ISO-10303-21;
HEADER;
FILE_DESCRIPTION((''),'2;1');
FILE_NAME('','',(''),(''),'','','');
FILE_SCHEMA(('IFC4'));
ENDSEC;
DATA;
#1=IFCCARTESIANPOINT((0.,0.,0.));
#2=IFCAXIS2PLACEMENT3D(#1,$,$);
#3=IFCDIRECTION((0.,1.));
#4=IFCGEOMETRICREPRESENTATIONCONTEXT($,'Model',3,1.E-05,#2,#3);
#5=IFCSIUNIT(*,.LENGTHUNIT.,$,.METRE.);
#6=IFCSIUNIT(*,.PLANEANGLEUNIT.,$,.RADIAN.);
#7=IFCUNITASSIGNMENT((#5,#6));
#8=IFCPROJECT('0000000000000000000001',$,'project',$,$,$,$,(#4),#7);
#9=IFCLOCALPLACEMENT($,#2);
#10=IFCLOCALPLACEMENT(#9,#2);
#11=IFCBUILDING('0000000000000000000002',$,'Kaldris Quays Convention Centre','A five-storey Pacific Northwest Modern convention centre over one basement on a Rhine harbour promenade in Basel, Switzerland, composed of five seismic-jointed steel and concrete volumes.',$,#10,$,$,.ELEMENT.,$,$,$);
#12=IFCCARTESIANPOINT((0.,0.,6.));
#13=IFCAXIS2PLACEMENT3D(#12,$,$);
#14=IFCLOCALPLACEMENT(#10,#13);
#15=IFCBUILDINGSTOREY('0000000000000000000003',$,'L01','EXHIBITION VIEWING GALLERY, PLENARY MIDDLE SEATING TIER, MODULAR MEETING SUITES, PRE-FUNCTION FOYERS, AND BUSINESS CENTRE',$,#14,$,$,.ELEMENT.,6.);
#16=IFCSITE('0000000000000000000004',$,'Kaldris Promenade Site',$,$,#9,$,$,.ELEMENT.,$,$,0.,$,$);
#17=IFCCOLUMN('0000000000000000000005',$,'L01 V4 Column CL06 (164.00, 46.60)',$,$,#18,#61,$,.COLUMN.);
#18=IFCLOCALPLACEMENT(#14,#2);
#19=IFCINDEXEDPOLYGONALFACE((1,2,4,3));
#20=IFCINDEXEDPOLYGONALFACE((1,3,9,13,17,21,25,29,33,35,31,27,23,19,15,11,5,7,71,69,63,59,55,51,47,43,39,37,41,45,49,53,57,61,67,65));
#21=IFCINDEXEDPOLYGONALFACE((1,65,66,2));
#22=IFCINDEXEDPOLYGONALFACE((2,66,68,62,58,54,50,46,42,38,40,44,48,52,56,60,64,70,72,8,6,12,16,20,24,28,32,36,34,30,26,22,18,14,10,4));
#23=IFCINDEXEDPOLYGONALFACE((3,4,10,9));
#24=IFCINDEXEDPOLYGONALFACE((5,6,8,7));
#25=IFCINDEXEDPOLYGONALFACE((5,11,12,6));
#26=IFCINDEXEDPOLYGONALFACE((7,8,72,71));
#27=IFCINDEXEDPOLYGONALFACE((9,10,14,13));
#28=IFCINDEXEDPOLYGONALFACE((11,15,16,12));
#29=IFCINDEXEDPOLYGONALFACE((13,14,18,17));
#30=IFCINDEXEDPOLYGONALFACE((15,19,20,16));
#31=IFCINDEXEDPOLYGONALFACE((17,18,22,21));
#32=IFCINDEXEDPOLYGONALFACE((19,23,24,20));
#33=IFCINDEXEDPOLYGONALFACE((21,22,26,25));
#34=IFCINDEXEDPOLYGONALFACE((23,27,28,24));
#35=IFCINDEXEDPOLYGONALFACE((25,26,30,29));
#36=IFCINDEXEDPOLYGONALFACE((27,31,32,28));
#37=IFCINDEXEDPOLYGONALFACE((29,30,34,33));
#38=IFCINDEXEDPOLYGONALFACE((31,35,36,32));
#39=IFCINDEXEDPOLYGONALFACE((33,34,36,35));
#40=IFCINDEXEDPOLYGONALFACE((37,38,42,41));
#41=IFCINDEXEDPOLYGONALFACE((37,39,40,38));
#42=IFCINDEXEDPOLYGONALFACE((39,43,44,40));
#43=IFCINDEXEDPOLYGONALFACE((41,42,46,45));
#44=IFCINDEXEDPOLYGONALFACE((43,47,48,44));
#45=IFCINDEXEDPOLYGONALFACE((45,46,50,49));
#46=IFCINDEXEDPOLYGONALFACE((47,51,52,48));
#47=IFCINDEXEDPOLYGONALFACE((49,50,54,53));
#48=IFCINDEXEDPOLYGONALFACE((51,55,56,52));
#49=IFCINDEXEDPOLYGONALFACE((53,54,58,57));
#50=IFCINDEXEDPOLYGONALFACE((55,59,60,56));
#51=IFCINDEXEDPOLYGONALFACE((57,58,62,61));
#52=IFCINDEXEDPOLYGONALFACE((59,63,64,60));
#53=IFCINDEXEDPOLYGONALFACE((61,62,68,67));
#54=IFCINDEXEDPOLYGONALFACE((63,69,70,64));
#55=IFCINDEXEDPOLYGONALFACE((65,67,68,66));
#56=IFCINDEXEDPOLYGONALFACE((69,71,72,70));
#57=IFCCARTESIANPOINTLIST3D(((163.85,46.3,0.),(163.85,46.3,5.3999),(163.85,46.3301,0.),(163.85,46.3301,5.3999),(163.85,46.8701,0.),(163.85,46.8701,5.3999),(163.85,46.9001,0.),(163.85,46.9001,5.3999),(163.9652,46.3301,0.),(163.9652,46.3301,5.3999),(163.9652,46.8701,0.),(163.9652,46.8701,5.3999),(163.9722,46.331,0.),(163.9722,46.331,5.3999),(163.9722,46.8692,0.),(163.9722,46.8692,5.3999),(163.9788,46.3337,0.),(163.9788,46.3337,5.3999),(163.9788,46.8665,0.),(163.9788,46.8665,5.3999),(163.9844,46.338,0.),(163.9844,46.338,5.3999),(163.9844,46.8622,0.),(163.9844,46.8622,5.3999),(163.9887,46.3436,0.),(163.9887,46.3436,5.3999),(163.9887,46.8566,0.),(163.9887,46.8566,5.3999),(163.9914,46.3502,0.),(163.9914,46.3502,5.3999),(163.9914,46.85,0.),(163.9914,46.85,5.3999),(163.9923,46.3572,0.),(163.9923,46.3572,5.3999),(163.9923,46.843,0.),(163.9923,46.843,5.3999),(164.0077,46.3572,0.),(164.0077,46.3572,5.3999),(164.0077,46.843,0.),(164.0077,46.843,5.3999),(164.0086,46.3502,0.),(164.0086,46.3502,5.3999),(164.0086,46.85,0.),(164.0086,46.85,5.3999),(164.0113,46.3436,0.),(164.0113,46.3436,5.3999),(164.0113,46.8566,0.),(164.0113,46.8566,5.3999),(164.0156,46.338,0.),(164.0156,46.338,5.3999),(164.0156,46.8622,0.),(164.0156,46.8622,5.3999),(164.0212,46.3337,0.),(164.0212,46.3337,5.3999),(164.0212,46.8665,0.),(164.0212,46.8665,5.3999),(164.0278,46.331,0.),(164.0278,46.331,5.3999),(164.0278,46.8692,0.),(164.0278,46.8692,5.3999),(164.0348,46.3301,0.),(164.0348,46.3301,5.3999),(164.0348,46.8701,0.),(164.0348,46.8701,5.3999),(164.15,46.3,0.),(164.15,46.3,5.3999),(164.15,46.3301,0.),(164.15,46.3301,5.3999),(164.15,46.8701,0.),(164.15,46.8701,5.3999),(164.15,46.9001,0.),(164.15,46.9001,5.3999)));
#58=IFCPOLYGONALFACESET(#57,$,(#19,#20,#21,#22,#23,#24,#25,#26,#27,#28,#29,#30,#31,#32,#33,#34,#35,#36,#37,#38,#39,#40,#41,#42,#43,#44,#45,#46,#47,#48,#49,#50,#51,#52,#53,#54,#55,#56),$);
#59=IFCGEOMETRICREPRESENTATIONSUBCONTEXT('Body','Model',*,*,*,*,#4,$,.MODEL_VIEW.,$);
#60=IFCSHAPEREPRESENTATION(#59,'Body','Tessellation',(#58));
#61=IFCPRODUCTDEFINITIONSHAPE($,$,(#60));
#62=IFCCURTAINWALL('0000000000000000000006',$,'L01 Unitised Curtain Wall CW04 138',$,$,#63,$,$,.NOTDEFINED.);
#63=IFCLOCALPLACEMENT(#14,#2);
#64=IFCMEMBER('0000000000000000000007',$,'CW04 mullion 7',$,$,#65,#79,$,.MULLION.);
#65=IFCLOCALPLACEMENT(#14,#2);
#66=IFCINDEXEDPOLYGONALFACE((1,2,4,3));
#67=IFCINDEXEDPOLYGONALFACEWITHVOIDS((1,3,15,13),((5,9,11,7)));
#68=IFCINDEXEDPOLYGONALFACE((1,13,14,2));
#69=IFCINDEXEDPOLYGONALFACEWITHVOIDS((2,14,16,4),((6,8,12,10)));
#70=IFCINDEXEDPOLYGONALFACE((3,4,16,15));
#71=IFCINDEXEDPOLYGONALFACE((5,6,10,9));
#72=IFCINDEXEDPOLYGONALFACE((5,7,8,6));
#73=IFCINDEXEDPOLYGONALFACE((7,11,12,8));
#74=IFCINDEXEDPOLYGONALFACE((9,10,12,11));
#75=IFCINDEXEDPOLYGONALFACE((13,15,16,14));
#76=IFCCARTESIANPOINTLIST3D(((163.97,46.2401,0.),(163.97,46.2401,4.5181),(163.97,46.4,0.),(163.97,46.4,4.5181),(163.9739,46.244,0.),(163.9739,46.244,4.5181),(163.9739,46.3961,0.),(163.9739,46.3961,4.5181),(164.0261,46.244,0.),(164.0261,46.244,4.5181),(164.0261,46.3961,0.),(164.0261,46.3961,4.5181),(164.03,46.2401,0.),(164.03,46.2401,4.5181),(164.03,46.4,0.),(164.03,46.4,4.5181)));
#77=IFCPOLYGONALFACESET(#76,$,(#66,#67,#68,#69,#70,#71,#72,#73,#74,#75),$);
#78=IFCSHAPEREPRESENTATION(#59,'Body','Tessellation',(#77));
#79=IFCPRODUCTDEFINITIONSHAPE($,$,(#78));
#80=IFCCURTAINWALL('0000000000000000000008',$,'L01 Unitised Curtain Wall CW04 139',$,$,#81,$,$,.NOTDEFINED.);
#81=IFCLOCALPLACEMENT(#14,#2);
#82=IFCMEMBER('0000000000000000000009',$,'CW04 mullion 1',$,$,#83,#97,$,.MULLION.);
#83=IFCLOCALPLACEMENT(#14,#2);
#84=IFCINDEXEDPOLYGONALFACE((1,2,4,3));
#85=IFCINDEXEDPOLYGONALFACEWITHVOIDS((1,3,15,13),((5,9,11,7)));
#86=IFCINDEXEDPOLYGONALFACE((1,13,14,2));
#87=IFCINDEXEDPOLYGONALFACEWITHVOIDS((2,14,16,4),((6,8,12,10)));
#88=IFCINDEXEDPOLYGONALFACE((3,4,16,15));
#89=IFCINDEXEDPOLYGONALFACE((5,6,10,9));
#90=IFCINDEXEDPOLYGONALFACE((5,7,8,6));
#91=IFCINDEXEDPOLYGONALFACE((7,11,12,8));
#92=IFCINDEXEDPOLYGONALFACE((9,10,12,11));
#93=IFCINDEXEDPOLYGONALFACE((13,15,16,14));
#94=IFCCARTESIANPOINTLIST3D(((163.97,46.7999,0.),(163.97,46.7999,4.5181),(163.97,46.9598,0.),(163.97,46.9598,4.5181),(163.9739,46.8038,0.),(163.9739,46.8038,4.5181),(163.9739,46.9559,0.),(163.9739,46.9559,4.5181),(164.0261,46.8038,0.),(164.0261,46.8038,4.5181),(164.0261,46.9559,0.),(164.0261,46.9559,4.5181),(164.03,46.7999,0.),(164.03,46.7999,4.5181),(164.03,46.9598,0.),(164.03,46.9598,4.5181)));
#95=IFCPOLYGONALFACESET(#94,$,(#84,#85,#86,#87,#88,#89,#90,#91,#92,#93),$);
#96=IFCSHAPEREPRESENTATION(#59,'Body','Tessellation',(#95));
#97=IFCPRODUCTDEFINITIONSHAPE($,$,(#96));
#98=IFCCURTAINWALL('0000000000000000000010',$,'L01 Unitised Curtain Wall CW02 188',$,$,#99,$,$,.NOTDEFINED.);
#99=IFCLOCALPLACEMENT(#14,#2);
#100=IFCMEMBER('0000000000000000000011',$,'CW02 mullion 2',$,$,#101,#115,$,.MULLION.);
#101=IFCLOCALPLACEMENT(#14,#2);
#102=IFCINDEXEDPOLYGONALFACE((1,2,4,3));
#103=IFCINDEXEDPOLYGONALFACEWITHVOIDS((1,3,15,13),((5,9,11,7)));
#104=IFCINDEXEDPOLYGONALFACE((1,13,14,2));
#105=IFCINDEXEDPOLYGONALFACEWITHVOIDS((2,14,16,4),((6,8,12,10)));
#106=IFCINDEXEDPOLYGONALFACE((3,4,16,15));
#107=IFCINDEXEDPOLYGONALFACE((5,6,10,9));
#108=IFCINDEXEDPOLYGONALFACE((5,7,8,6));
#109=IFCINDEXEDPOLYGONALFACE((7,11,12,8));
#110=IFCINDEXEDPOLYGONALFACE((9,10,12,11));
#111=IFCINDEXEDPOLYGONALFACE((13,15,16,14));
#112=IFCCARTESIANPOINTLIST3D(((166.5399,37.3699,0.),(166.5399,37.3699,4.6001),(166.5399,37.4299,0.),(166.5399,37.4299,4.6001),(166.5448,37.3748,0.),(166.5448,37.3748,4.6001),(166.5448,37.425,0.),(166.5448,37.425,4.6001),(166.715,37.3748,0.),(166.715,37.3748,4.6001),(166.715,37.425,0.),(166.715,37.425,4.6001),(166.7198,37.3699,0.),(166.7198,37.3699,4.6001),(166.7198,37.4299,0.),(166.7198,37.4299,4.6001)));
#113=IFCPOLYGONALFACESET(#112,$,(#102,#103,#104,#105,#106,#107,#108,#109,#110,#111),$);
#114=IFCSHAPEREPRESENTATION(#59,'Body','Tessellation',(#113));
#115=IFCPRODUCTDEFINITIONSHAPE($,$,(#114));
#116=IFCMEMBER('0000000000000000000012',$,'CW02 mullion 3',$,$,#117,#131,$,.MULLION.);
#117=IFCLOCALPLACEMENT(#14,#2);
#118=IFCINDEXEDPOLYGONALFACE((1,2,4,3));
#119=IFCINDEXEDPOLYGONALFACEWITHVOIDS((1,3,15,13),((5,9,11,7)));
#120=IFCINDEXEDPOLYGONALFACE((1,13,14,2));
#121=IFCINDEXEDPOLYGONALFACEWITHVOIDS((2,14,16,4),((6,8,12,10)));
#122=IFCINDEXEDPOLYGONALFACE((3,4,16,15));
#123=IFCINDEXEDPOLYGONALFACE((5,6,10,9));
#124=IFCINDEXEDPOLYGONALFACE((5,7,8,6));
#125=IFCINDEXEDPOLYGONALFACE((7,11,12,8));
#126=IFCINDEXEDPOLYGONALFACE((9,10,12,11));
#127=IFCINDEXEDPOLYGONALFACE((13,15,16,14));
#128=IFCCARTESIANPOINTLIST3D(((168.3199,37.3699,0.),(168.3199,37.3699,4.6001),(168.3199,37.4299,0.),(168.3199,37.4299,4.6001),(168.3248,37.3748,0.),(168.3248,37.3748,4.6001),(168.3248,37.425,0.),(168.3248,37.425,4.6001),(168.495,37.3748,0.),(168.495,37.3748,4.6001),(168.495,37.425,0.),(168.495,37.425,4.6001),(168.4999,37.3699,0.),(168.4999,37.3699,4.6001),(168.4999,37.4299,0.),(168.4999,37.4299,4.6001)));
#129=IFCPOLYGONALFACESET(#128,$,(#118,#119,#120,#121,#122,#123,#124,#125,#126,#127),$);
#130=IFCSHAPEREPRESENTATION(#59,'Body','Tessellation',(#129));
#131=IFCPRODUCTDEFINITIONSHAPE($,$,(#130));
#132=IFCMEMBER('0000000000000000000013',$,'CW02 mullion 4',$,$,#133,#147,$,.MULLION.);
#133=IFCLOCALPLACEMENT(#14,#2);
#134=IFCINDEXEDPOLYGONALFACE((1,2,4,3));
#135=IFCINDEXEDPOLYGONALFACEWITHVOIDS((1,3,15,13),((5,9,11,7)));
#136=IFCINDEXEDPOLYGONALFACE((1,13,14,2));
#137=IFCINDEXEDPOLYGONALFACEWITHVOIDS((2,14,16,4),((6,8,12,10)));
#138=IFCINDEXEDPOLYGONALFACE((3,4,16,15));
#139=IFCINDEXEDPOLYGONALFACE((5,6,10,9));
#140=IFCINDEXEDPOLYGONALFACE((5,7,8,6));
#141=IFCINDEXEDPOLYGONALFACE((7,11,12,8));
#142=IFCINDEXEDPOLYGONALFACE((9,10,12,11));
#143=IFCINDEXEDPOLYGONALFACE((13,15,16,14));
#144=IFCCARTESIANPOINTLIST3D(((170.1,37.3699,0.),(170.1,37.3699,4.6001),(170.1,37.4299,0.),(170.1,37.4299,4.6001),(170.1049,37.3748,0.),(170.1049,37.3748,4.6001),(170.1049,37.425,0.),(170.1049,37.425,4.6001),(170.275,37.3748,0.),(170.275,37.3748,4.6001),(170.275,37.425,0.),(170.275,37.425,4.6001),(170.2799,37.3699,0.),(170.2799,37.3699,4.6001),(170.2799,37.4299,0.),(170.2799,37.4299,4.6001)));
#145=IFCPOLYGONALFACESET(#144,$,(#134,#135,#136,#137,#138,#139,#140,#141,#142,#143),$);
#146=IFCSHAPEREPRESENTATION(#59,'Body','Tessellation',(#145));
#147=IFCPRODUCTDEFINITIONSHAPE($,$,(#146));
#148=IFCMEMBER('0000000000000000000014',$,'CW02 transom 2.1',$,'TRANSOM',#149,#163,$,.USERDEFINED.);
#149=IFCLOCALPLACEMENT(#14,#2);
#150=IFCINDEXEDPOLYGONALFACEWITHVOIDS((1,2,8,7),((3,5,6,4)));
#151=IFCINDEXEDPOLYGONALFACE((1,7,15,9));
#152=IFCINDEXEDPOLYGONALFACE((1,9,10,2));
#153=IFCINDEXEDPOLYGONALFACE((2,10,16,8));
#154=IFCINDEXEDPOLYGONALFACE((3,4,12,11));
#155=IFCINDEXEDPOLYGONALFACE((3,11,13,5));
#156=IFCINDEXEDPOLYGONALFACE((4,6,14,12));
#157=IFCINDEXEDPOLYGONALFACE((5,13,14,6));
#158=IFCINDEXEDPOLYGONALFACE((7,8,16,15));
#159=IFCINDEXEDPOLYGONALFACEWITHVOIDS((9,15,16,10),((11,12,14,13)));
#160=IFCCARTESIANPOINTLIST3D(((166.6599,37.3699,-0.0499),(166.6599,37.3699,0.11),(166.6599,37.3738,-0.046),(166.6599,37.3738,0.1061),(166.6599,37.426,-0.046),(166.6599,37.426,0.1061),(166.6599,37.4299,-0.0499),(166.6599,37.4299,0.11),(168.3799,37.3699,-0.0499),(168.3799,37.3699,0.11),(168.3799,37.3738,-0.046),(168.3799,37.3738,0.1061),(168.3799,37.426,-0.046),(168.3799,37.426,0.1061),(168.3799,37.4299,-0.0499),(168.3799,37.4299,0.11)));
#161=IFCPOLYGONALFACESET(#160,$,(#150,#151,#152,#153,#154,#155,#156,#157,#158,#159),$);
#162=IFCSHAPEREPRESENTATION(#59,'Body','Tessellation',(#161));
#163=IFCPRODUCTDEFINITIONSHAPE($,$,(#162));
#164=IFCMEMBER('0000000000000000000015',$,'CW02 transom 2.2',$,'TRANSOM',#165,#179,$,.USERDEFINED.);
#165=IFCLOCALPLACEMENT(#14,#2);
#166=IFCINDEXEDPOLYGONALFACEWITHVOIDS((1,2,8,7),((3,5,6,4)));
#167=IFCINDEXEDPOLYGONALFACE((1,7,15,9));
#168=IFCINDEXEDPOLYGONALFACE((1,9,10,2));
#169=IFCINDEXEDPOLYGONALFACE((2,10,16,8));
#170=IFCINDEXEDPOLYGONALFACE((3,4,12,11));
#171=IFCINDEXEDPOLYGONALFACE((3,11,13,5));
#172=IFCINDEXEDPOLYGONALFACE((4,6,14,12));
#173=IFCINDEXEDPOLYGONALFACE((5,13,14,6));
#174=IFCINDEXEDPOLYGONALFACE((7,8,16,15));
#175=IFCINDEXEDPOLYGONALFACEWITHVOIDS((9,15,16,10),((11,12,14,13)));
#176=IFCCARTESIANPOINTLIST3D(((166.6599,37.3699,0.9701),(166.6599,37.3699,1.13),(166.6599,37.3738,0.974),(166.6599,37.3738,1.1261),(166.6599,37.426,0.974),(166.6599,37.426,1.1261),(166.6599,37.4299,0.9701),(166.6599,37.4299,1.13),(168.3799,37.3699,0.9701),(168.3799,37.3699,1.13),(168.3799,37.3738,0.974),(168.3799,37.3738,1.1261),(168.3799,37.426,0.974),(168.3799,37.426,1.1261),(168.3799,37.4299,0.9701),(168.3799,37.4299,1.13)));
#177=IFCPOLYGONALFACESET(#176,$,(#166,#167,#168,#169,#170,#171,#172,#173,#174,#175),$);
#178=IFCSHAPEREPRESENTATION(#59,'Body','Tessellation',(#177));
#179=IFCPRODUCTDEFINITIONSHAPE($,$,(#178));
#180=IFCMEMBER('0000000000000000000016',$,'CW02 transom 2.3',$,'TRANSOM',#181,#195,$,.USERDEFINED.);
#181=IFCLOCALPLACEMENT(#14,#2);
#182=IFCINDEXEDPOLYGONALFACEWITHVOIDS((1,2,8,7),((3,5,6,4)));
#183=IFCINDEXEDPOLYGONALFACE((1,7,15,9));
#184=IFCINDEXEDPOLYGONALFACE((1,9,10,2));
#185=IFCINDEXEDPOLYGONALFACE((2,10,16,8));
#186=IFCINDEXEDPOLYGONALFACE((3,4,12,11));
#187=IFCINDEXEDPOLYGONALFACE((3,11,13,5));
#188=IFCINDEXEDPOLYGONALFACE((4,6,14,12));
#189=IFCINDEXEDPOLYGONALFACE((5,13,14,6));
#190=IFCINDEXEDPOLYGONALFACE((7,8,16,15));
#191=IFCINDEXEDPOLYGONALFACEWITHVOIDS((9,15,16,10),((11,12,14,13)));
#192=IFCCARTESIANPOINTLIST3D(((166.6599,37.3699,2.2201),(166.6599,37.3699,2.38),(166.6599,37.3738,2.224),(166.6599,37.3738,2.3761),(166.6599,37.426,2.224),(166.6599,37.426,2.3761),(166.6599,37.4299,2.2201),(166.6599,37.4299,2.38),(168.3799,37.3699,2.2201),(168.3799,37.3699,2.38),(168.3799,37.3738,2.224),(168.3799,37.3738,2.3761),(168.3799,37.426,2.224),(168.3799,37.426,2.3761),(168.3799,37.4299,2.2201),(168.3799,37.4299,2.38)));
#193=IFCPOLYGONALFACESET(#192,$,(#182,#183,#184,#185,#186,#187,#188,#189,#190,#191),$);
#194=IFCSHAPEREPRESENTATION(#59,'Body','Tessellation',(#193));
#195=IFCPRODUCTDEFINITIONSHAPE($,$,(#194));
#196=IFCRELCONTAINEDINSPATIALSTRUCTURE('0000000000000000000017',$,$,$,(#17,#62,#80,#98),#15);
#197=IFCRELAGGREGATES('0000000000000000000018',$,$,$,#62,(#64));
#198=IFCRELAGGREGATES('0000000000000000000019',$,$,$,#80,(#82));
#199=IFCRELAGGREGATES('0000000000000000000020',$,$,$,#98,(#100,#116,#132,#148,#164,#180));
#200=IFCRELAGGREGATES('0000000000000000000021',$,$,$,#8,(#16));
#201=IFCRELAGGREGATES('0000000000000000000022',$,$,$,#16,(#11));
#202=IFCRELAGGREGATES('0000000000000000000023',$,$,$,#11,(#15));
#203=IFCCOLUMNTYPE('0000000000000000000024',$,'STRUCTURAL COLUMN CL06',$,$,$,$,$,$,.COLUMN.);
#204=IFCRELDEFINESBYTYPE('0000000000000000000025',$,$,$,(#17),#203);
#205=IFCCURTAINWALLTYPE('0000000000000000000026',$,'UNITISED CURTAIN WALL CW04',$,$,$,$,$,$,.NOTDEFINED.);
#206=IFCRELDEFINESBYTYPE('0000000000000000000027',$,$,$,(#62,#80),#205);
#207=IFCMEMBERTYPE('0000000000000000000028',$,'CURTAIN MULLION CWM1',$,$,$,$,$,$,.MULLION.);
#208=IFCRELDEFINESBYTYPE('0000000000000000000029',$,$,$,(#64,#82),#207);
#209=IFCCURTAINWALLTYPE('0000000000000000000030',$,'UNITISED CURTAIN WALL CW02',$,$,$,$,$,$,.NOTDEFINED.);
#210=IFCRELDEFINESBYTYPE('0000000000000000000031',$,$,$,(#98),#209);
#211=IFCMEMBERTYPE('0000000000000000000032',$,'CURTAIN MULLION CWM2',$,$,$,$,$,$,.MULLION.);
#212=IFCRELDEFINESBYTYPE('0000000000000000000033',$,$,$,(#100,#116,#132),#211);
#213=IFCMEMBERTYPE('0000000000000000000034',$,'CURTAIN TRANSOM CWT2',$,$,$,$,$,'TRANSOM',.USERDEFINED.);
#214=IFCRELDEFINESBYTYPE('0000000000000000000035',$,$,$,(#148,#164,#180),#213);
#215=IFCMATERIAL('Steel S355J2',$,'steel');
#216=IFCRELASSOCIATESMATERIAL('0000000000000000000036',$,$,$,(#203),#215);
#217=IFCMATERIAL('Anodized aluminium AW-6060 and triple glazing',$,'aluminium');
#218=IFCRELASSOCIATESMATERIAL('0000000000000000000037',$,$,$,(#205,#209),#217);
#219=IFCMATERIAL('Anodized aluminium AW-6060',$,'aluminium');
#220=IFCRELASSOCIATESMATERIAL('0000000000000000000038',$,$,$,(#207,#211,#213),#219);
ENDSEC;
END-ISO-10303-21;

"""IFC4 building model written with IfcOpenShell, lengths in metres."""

from ifc_helpers import new_model, si_unit, direction, frame, origin, origin_2d, place, context, subcontext, project, spatial, hollow_rectangle, i_section, extrude, material, material_profile, profile_set, type_object, element, aggregate, save


model = new_model("IFC4")

# Units and contexts
model_context = context("Model", 3, precision=1e-05, world=origin(), true_north=direction((0.0, 1.0)))
body_context = subcontext(model_context, "Body", "Model", "MODEL_VIEW")
ifc_project = project(units=[si_unit("LENGTHUNIT", "METRE"), si_unit("PLANEANGLEUNIT", "RADIAN")], contexts=[model_context])

# Site, building, storey
site_placement = place(None, origin())
site = spatial("IfcSite", under=ifc_project, at=site_placement, Name="Kaldris Promenade Site", CompositionType="ELEMENT", RefElevation=0.0)
building_placement = place(site_placement, origin())
building = spatial("IfcBuilding", under=site, at=building_placement, Name="Kaldris Quays Convention Centre", Description="A five-storey Pacific Northwest Modern convention centre over one basement on a Rhine harbour promenade in Basel, Switzerland, composed of five seismic-jointed steel and concrete volumes.", CompositionType="ELEMENT")
storey_placement = place(building_placement, frame((0.0, 0.0, 6.0)))
storey = spatial("IfcBuildingStorey", under=building, at=storey_placement, Name="L01", Description="EXHIBITION VIEWING GALLERY, PLENARY MIDDLE SEATING TIER, MODULAR MEETING SUITES, PRE-FUNCTION FOYERS, AND BUSINESS CENTRE", CompositionType="ELEMENT", Elevation=6.0)

# Column
ifc_material_1 = material(Name="Steel S355J2", Category="steel")
ifc_material_profile_1 = material_profile(ifc_material_1, i_section(OverallWidth=0.3, OverallDepth=0.6001, WebThickness=0.0154, FlangeThickness=0.03, FilletRadius=0.0271, at=origin_2d()), Name="HEB 600")
ifc_profile_set_1 = profile_set([ifc_material_profile_1], Name="Steel S355J2")
column_type = type_object("IfcColumnType", Name="STRUCTURAL COLUMN CL06", PredefinedType="COLUMN", material=ifc_profile_set_1)
column_placement = place(storey_placement, frame((164.0, 46.6001, 0.0), z_axis=(0.0, 0.0, 1.0), x_axis=(1.0, 0.0, 0.0)))
element("IfcColumn", 1, at=column_placement, inside=storey, type_object=column_type, Name="L01 V4 Column CL06 (164.00, 46.60)", PredefinedType="COLUMN", context=body_context, shape_type="SweptSolid", body=[
    extrude(i_section(OverallWidth=0.3, OverallDepth=0.6001, WebThickness=0.0154, FlangeThickness=0.03, FilletRadius=0.0271, at=origin_2d()), origin(), (0.0, 0.0, 1.0), 5.3999),
])

# Curtain walls, members
ifc_material_2 = material(Name="Anodized aluminium AW-6060 and triple glazing", Category="aluminium")
curtain_wall_type_1 = type_object("IfcCurtainWallType", Name="UNITISED CURTAIN WALL CW04", PredefinedType="NOTDEFINED", material=ifc_material_2)
curtain_wall_1_placement = place(storey_placement, origin())
curtain_wall_1 = element("IfcCurtainWall", 2, at=curtain_wall_1_placement, inside=storey, type_object=curtain_wall_type_1, Name="L01 Unitised Curtain Wall CW04 138", PredefinedType="NOTDEFINED")
ifc_material_3 = material(Name="Anodized aluminium AW-6060", Category="aluminium")
ifc_material_profile_2 = material_profile(ifc_material_3, hollow_rectangle(XDim=0.0601, YDim=0.1599, WallThickness=0.0039, at=origin_2d()), Name="RHS 160x60x4")
ifc_profile_set_2 = profile_set([ifc_material_profile_2], Name="Anodized aluminium AW-6060")
member_type_1 = type_object("IfcMemberType", Name="CURTAIN MULLION CWM1", PredefinedType="MULLION", material=ifc_profile_set_2)
member_1_placement = place(storey_placement, frame((164.0, 46.3201, 0.0), z_axis=(0.0, 0.0, 1.0), x_axis=(-1.0, 0.0, 0.0)))
member_1 = element("IfcMember", 3, at=member_1_placement, type_object=member_type_1, Name="CW04 mullion 7", PredefinedType="MULLION", context=body_context, shape_type="SweptSolid", body=[
    extrude(hollow_rectangle(XDim=0.0601, YDim=0.1599, WallThickness=0.0039, at=origin_2d()), origin(), (0.0, 0.0, 1.0), 4.5181),
])
aggregate(curtain_wall_1, [member_1])
curtain_wall_2_placement = place(storey_placement, origin())
curtain_wall_2 = element("IfcCurtainWall", 4, at=curtain_wall_2_placement, inside=storey, type_object=curtain_wall_type_1, Name="L01 Unitised Curtain Wall CW04 139", PredefinedType="NOTDEFINED")
member_2_placement = place(storey_placement, frame((164.0, 46.8799, 0.0), z_axis=(0.0, 0.0, 1.0), x_axis=(-1.0, 0.0, 0.0)))
member_2 = element("IfcMember", 5, at=member_2_placement, type_object=member_type_1, Name="CW04 mullion 1", PredefinedType="MULLION", context=body_context, shape_type="SweptSolid", body=[
    extrude(hollow_rectangle(XDim=0.0601, YDim=0.1599, WallThickness=0.0039, at=origin_2d()), origin(), (0.0, 0.0, 1.0), 4.5181),
])
aggregate(curtain_wall_2, [member_2])

# Curtain wall, members
curtain_wall_type_2 = type_object("IfcCurtainWallType", Name="UNITISED CURTAIN WALL CW02", PredefinedType="NOTDEFINED", material=ifc_material_2)
curtain_wall_3_placement = place(storey_placement, origin())
curtain_wall_3 = element("IfcCurtainWall", 6, at=curtain_wall_3_placement, inside=storey, type_object=curtain_wall_type_2, Name="L01 Unitised Curtain Wall CW02 188", PredefinedType="NOTDEFINED")
ifc_material_profile_3 = material_profile(ifc_material_3, hollow_rectangle(XDim=0.0601, YDim=0.1799, WallThickness=0.0049, at=origin_2d()), Name="RHS 180x60x5")
ifc_profile_set_3 = profile_set([ifc_material_profile_3], Name="Anodized aluminium AW-6060")
member_type_2 = type_object("IfcMemberType", Name="CURTAIN MULLION CWM2", PredefinedType="MULLION", material=ifc_profile_set_3)
member_3_placement = place(storey_placement, frame((166.6299, 37.3999, 0.0), z_axis=(0.0, 0.0, 1.0), x_axis=(0.0, 1.0, 0.0)))
member_3 = element("IfcMember", 7, at=member_3_placement, type_object=member_type_2, Name="CW02 mullion 2", PredefinedType="MULLION", context=body_context, shape_type="SweptSolid", body=[
    extrude(hollow_rectangle(XDim=0.0601, YDim=0.1799, WallThickness=0.0049, at=origin_2d()), origin(), (0.0, 0.0, 1.0), 4.6001),
])
member_4_placement = place(storey_placement, frame((168.4099, 37.3999, 0.0), z_axis=(0.0, 0.0, 1.0), x_axis=(0.0, 1.0, 0.0)))
member_4 = element("IfcMember", 8, at=member_4_placement, type_object=member_type_2, Name="CW02 mullion 3", PredefinedType="MULLION", context=body_context, shape_type="SweptSolid", body=[
    extrude(hollow_rectangle(XDim=0.0601, YDim=0.1799, WallThickness=0.0049, at=origin_2d()), origin(), (0.0, 0.0, 1.0), 4.6001),
])
member_5_placement = place(storey_placement, frame((170.1899, 37.3999, 0.0), z_axis=(0.0, 0.0, 1.0), x_axis=(0.0, 1.0, 0.0)))
member_5 = element("IfcMember", 9, at=member_5_placement, type_object=member_type_2, Name="CW02 mullion 4", PredefinedType="MULLION", context=body_context, shape_type="SweptSolid", body=[
    extrude(hollow_rectangle(XDim=0.0601, YDim=0.1799, WallThickness=0.0049, at=origin_2d()), origin(), (0.0, 0.0, 1.0), 4.6001),
])
ifc_material_profile_4 = material_profile(ifc_material_3, hollow_rectangle(XDim=0.0601, YDim=0.1599, WallThickness=0.0039, at=origin_2d()), Name="RHS 160x60x4")
ifc_profile_set_4 = profile_set([ifc_material_profile_4], Name="Anodized aluminium AW-6060")
member_type_3 = type_object("IfcMemberType", Name="CURTAIN TRANSOM CWT2", ElementType="TRANSOM", PredefinedType="USERDEFINED", material=ifc_profile_set_4)
member_6_placement = place(storey_placement, frame((166.6599, 37.3999, 0.03), z_axis=(1.0, 0.0, 0.0), x_axis=(0.0, 1.0, 0.0)))
member_6 = element("IfcMember", 10, at=member_6_placement, type_object=member_type_3, Name="CW02 transom 2.1", ObjectType="TRANSOM", PredefinedType="USERDEFINED", context=body_context, shape_type="SweptSolid", body=[
    extrude(hollow_rectangle(XDim=0.0601, YDim=0.1599, WallThickness=0.0039, at=origin_2d()), origin(), (0.0, 0.0, 1.0), 1.72),
])
member_7_placement = place(storey_placement, frame((166.6599, 37.3999, 1.05), z_axis=(1.0, 0.0, 0.0), x_axis=(0.0, 1.0, 0.0)))
member_7 = element("IfcMember", 11, at=member_7_placement, type_object=member_type_3, Name="CW02 transom 2.2", ObjectType="TRANSOM", PredefinedType="USERDEFINED", context=body_context, shape_type="SweptSolid", body=[
    extrude(hollow_rectangle(XDim=0.0601, YDim=0.1599, WallThickness=0.0039, at=origin_2d()), origin(), (0.0, 0.0, 1.0), 1.72),
])
member_8_placement = place(storey_placement, frame((166.6599, 37.3999, 2.3), z_axis=(1.0, 0.0, 0.0), x_axis=(0.0, 1.0, 0.0)))
member_8 = element("IfcMember", 12, at=member_8_placement, type_object=member_type_3, Name="CW02 transom 2.3", ObjectType="TRANSOM", PredefinedType="USERDEFINED", context=body_context, shape_type="SweptSolid", body=[
    extrude(hollow_rectangle(XDim=0.0601, YDim=0.1599, WallThickness=0.0039, at=origin_2d()), origin(), (0.0, 0.0, 1.0), 1.72),
])

aggregate(curtain_wall_3, [member_3, member_4, member_5, member_6, member_7, member_8])

save(model, "model.ifc")
